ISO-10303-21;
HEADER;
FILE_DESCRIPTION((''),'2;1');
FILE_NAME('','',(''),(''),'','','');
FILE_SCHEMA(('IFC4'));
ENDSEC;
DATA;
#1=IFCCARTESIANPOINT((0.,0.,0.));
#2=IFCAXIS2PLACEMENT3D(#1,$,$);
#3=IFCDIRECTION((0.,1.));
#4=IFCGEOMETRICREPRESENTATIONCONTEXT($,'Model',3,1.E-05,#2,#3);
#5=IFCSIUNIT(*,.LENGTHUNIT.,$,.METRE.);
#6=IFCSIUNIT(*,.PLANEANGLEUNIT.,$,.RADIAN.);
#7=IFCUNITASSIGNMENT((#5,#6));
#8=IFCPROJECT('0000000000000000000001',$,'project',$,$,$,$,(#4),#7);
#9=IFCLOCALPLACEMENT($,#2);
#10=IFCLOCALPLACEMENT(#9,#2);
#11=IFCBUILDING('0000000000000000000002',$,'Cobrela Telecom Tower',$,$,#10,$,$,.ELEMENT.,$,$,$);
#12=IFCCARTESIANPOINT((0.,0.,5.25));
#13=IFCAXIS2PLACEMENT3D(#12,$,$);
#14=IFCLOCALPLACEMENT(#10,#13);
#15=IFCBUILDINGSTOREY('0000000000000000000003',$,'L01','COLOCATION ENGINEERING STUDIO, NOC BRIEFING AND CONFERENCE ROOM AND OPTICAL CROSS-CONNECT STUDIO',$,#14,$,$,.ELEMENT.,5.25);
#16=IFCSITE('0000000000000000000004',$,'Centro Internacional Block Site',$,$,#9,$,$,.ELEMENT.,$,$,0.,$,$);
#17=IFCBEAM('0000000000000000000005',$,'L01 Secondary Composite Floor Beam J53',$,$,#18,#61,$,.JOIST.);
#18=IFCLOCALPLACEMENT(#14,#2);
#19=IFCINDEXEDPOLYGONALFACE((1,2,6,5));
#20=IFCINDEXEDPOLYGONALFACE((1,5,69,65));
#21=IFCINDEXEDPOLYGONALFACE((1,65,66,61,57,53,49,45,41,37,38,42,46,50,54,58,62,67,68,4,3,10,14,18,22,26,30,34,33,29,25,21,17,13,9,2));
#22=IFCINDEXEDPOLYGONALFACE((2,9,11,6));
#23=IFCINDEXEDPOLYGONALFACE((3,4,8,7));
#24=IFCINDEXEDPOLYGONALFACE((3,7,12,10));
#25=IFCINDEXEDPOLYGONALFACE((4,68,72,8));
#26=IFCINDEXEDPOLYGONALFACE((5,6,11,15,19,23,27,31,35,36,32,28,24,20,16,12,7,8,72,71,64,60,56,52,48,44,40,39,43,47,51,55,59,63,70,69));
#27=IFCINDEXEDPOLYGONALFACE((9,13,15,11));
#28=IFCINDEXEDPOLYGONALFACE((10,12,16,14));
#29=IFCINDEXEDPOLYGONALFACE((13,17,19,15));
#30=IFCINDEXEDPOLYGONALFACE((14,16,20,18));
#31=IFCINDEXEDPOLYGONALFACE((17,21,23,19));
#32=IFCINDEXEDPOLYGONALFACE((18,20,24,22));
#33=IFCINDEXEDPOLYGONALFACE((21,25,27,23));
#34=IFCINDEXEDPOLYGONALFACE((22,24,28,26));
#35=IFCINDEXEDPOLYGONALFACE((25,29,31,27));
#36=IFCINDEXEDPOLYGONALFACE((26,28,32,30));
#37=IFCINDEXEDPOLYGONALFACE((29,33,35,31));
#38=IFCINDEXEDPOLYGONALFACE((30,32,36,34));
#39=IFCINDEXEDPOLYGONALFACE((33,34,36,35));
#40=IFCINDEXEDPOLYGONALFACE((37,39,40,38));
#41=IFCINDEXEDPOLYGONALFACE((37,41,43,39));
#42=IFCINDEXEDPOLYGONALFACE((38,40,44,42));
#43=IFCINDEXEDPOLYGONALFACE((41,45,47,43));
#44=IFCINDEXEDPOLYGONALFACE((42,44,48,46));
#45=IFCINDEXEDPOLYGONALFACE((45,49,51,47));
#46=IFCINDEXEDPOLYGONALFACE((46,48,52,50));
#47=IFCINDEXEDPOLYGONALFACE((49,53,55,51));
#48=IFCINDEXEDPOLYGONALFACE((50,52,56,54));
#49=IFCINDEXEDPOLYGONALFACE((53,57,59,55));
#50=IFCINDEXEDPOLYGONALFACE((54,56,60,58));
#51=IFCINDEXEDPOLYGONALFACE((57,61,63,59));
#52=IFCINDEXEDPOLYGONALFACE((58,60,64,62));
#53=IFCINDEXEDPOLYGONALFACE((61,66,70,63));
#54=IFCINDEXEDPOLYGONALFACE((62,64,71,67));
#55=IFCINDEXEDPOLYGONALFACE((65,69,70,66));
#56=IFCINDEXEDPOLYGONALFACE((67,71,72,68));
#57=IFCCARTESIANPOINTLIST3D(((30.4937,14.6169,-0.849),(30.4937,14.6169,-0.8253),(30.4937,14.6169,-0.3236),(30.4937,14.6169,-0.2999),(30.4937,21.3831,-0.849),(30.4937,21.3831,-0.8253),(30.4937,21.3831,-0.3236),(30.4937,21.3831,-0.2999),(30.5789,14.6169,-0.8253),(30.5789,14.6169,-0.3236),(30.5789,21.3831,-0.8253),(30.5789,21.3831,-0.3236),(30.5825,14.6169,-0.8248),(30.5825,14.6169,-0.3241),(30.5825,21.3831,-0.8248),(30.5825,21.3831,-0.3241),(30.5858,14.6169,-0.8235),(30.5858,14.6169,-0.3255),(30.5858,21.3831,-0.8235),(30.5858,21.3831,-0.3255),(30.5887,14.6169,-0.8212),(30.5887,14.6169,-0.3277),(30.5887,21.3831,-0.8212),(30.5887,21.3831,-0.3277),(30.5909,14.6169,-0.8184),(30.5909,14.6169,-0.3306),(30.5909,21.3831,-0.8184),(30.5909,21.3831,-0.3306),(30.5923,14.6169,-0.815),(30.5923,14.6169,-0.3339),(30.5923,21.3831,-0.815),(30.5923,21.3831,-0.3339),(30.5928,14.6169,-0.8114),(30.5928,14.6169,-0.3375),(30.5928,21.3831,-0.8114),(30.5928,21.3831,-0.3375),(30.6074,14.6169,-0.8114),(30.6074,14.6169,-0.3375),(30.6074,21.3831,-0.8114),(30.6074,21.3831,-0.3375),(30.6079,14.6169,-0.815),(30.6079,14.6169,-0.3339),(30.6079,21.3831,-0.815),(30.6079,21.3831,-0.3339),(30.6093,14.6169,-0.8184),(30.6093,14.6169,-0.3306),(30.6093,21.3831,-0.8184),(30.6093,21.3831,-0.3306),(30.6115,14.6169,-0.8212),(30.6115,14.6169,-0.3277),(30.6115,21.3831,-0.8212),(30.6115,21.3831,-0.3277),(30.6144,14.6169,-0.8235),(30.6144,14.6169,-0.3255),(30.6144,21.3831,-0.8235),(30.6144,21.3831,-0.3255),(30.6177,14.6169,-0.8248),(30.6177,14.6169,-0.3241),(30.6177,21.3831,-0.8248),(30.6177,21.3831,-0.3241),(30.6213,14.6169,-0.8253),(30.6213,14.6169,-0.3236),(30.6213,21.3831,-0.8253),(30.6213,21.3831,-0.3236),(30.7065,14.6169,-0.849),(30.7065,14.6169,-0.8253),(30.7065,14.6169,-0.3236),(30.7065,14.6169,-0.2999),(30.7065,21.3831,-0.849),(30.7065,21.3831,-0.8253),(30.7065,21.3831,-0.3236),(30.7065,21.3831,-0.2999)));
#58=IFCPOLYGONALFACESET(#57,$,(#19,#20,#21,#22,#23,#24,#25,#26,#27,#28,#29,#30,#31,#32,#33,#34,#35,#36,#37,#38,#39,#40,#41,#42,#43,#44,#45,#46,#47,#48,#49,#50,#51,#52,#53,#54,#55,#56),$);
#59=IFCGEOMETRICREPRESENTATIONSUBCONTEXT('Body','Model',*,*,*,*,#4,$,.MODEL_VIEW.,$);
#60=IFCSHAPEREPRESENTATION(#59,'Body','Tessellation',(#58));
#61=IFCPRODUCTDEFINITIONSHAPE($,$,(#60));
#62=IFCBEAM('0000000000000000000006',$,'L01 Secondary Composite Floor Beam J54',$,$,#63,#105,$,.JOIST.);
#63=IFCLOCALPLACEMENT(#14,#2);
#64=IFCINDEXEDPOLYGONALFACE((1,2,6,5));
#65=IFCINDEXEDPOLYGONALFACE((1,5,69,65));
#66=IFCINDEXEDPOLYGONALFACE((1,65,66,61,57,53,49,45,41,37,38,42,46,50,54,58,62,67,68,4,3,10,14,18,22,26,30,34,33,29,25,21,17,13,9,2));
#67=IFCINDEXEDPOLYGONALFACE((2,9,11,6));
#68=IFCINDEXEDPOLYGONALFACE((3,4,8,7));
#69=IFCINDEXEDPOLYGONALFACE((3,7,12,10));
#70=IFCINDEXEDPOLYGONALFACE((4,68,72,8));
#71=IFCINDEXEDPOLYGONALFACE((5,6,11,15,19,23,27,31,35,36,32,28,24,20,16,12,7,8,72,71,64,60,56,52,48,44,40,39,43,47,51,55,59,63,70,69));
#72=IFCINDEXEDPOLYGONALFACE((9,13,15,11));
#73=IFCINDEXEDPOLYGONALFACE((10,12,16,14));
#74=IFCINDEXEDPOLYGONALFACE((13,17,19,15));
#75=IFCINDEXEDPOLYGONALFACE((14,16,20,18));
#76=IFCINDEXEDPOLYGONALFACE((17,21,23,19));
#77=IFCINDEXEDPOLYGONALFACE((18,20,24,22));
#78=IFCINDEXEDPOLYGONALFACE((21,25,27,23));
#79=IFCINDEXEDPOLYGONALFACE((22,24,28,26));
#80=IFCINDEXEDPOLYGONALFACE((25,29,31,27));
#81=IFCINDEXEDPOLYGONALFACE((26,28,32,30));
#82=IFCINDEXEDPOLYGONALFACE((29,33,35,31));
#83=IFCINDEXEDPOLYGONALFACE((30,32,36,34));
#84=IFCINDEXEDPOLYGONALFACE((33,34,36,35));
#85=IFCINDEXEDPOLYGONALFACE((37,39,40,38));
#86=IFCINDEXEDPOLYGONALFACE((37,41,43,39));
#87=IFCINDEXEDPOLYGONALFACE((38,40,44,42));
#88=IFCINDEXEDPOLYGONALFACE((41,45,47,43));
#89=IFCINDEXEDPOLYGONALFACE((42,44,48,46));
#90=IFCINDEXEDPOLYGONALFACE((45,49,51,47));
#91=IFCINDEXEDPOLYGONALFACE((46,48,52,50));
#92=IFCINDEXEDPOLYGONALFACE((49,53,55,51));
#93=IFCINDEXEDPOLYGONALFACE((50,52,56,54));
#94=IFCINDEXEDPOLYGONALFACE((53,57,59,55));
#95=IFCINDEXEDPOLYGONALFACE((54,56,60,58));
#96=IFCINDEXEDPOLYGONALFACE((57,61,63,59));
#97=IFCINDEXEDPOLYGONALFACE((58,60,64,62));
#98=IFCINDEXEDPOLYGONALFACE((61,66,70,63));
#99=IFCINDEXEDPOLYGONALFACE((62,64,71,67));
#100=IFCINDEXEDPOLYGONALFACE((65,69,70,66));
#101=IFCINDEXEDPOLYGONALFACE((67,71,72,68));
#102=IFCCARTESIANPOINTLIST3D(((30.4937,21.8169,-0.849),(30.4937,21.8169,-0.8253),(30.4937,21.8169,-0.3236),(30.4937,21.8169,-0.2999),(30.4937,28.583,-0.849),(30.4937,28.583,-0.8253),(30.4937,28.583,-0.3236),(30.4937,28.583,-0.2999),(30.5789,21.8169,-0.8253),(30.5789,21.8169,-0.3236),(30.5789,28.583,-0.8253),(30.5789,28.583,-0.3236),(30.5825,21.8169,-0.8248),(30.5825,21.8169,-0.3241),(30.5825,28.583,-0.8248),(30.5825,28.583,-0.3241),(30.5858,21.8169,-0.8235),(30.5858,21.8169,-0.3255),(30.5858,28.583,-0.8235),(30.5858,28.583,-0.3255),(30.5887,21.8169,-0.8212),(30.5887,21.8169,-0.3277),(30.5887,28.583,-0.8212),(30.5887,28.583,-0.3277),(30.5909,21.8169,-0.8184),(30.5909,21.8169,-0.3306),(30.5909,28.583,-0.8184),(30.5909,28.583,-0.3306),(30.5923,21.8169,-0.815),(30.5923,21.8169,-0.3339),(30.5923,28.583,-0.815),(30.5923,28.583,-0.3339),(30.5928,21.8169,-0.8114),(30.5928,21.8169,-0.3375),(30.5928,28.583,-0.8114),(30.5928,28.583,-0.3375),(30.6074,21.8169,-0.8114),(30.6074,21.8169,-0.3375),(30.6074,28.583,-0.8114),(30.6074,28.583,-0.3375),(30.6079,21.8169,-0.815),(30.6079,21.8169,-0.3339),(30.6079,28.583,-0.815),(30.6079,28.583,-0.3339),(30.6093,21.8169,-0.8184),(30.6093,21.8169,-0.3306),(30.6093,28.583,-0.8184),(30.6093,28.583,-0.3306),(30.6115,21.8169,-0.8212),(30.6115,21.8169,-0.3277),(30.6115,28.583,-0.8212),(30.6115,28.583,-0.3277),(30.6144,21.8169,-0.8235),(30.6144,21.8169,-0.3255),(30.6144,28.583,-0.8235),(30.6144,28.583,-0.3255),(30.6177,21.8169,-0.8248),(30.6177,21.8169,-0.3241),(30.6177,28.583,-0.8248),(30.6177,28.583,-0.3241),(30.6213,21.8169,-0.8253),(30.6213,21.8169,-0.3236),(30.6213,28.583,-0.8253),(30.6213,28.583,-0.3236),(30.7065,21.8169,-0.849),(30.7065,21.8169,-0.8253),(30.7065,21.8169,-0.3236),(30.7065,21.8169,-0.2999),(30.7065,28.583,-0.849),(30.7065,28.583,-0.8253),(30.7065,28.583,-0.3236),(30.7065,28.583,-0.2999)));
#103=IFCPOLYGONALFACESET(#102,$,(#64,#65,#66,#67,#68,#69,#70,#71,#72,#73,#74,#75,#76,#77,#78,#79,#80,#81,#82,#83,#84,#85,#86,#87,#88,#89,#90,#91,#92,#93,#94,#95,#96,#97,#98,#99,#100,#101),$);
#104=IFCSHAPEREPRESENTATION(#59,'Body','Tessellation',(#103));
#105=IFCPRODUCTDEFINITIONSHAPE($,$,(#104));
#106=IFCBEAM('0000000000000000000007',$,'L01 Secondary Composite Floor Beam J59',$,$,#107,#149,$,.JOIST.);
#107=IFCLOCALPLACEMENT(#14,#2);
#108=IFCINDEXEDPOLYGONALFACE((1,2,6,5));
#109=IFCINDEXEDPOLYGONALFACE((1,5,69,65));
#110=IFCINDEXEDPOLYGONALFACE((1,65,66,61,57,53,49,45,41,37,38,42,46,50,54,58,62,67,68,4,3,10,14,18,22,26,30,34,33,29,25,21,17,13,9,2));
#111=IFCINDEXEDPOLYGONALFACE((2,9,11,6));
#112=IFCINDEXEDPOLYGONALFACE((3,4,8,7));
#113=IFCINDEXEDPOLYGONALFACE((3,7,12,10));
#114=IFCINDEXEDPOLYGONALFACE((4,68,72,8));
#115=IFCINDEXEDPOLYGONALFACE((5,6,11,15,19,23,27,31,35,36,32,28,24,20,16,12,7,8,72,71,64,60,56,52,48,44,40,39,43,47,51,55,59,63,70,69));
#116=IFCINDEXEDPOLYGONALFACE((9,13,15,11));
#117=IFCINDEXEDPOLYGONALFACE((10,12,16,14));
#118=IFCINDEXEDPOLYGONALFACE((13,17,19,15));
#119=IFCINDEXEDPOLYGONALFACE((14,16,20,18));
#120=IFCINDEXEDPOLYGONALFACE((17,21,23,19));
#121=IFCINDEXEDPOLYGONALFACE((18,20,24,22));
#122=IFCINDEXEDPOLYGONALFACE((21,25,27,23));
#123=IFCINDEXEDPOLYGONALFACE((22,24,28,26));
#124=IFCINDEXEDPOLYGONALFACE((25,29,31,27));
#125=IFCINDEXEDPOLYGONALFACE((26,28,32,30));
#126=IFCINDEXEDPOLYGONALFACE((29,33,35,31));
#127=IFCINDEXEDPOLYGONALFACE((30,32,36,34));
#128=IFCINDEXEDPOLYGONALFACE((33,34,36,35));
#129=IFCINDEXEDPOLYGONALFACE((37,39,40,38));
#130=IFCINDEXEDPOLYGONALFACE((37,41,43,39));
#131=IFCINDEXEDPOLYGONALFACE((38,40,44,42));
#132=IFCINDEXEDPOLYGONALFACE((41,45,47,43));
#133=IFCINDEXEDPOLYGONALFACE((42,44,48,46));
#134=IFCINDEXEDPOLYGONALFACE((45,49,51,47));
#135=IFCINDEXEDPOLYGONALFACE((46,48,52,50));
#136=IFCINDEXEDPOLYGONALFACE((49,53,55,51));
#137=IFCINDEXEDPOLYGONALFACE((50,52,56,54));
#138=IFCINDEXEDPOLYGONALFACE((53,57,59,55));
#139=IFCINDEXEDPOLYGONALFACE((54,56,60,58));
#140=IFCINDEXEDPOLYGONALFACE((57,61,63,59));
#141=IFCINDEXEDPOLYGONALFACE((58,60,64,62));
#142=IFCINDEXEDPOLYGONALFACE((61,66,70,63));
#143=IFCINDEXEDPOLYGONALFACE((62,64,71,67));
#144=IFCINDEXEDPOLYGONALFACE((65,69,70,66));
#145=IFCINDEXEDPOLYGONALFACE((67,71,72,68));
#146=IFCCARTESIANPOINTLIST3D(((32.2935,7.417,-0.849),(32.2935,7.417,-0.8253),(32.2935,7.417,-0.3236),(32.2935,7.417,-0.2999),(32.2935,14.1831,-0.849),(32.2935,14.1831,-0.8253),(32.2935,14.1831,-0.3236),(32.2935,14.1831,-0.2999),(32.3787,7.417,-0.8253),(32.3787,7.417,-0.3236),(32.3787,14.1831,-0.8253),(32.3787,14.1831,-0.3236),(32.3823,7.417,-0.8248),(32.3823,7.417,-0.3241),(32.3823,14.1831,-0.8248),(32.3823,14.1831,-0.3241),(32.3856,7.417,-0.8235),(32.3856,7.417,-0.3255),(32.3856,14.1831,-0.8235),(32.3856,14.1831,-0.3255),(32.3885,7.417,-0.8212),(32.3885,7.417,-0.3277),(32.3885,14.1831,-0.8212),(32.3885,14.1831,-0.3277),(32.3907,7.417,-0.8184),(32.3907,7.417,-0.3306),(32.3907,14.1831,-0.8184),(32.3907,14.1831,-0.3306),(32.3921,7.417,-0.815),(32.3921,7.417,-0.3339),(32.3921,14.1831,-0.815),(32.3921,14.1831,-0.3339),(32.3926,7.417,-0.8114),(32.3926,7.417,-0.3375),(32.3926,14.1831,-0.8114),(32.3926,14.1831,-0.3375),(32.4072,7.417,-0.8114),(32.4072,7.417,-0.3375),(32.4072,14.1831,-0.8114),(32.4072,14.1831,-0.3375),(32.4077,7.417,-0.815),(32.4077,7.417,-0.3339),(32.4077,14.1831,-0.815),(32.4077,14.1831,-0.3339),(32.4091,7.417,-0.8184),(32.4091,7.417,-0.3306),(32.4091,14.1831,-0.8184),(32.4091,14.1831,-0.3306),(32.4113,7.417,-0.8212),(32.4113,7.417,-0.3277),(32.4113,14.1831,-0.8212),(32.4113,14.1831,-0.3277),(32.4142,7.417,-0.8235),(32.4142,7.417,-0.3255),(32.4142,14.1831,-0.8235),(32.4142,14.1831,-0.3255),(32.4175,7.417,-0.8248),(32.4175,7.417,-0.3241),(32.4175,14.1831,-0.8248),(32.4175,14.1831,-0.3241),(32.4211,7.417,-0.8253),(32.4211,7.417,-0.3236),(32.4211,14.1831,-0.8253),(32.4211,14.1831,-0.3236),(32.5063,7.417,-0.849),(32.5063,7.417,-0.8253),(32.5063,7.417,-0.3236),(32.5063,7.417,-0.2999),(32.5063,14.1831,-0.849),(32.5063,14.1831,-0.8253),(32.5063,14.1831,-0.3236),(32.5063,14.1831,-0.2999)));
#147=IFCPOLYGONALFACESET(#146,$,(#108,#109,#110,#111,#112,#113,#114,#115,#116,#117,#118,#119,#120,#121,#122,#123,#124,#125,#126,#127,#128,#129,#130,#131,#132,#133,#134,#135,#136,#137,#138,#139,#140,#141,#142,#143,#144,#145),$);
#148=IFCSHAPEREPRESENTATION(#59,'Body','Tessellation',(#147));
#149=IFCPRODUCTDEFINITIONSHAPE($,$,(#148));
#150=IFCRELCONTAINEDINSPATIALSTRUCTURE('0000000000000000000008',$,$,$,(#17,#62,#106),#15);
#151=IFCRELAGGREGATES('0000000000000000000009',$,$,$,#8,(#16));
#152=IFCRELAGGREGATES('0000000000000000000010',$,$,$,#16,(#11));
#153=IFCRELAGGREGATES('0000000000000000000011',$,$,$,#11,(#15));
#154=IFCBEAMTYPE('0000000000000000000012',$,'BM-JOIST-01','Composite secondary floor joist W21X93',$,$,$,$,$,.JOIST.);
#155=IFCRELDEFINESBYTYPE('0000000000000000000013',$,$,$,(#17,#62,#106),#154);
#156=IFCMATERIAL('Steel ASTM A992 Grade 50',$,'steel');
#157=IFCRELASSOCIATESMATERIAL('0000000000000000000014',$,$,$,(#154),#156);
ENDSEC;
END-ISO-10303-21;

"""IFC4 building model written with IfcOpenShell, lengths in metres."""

from ifc_helpers import new_model, si_unit, direction, frame, origin, origin_2d, place, context, subcontext, project, spatial, i_section, extrude, material, material_profile, profile_set, type_object, element, save


model = new_model("IFC4")

# Units and contexts
model_context = context("Model", 3, precision=1e-05, world=origin(), true_north=direction((0.0, 1.0)))
body_context = subcontext(model_context, "Body", "Model", "MODEL_VIEW")
ifc_project = project(units=[si_unit("LENGTHUNIT", "METRE"), si_unit("PLANEANGLEUNIT", "RADIAN")], contexts=[model_context])

# Site, building, storey
site_placement = place(None, origin())
site = spatial("IfcSite", under=ifc_project, at=site_placement, Name="Centro Internacional Block Site", CompositionType="ELEMENT", RefElevation=0.0)
building_placement = place(site_placement, origin())
building = spatial("IfcBuilding", under=site, at=building_placement, Name="Cobrela Telecom Tower", CompositionType="ELEMENT")
storey_placement = place(building_placement, frame((0.0, 0.0, 5.25)))
storey = spatial("IfcBuildingStorey", under=building, at=storey_placement, Name="L01", Description="COLOCATION ENGINEERING STUDIO, NOC BRIEFING AND CONFERENCE ROOM AND OPTICAL CROSS-CONNECT STUDIO", CompositionType="ELEMENT", Elevation=5.25)

# Beams
ifc_material_1 = material(Name="Steel ASTM A992 Grade 50", Category="steel")
ifc_material_profile_1 = material_profile(ifc_material_1, i_section(OverallWidth=0.2129, OverallDepth=0.5491, WebThickness=0.0146, FlangeThickness=0.0237, FilletRadius=0.0139, at=origin_2d()), Name="W21X93")
ifc_profile_set_1 = profile_set([ifc_material_profile_1], Name="Steel ASTM A992 Grade 50")
beam_type_1 = type_object("IfcBeamType", Name="BM-JOIST-01", Description="Composite secondary floor joist W21X93", PredefinedType="JOIST", material=ifc_profile_set_1)
for number, where, z_axis, x_axis, name in (
    (1, (30.6001, 14.6169, -0.5745), (0.0, 1.0, 0.0), (-1.0, 0.0, 0.0), "L01 Secondary Composite Floor Beam J53"),
    (2, (30.6001, 21.8169, -0.5745), (0.0, 1.0, 0.0), (-1.0, 0.0, 0.0), "L01 Secondary Composite Floor Beam J54"),
    (3, (32.3999, 7.417, -0.5745), (0.0, 1.0, 0.0), (-1.0, 0.0, 0.0), "L01 Secondary Composite Floor Beam J59"),
):
    element("IfcBeam", number, at=place(storey_placement, frame(where, z_axis=z_axis, x_axis=x_axis)), inside=storey, type_object=beam_type_1, Name=name, PredefinedType="JOIST", context=body_context, shape_type="SweptSolid", body=[
        extrude(i_section(OverallWidth=0.2129, OverallDepth=0.5491, WebThickness=0.0146, FlangeThickness=0.0237, FilletRadius=0.0139, at=origin_2d()), origin(), (0.0, 0.0, 1.0), 6.7661),
    ])

save(model, "model.ifc")
